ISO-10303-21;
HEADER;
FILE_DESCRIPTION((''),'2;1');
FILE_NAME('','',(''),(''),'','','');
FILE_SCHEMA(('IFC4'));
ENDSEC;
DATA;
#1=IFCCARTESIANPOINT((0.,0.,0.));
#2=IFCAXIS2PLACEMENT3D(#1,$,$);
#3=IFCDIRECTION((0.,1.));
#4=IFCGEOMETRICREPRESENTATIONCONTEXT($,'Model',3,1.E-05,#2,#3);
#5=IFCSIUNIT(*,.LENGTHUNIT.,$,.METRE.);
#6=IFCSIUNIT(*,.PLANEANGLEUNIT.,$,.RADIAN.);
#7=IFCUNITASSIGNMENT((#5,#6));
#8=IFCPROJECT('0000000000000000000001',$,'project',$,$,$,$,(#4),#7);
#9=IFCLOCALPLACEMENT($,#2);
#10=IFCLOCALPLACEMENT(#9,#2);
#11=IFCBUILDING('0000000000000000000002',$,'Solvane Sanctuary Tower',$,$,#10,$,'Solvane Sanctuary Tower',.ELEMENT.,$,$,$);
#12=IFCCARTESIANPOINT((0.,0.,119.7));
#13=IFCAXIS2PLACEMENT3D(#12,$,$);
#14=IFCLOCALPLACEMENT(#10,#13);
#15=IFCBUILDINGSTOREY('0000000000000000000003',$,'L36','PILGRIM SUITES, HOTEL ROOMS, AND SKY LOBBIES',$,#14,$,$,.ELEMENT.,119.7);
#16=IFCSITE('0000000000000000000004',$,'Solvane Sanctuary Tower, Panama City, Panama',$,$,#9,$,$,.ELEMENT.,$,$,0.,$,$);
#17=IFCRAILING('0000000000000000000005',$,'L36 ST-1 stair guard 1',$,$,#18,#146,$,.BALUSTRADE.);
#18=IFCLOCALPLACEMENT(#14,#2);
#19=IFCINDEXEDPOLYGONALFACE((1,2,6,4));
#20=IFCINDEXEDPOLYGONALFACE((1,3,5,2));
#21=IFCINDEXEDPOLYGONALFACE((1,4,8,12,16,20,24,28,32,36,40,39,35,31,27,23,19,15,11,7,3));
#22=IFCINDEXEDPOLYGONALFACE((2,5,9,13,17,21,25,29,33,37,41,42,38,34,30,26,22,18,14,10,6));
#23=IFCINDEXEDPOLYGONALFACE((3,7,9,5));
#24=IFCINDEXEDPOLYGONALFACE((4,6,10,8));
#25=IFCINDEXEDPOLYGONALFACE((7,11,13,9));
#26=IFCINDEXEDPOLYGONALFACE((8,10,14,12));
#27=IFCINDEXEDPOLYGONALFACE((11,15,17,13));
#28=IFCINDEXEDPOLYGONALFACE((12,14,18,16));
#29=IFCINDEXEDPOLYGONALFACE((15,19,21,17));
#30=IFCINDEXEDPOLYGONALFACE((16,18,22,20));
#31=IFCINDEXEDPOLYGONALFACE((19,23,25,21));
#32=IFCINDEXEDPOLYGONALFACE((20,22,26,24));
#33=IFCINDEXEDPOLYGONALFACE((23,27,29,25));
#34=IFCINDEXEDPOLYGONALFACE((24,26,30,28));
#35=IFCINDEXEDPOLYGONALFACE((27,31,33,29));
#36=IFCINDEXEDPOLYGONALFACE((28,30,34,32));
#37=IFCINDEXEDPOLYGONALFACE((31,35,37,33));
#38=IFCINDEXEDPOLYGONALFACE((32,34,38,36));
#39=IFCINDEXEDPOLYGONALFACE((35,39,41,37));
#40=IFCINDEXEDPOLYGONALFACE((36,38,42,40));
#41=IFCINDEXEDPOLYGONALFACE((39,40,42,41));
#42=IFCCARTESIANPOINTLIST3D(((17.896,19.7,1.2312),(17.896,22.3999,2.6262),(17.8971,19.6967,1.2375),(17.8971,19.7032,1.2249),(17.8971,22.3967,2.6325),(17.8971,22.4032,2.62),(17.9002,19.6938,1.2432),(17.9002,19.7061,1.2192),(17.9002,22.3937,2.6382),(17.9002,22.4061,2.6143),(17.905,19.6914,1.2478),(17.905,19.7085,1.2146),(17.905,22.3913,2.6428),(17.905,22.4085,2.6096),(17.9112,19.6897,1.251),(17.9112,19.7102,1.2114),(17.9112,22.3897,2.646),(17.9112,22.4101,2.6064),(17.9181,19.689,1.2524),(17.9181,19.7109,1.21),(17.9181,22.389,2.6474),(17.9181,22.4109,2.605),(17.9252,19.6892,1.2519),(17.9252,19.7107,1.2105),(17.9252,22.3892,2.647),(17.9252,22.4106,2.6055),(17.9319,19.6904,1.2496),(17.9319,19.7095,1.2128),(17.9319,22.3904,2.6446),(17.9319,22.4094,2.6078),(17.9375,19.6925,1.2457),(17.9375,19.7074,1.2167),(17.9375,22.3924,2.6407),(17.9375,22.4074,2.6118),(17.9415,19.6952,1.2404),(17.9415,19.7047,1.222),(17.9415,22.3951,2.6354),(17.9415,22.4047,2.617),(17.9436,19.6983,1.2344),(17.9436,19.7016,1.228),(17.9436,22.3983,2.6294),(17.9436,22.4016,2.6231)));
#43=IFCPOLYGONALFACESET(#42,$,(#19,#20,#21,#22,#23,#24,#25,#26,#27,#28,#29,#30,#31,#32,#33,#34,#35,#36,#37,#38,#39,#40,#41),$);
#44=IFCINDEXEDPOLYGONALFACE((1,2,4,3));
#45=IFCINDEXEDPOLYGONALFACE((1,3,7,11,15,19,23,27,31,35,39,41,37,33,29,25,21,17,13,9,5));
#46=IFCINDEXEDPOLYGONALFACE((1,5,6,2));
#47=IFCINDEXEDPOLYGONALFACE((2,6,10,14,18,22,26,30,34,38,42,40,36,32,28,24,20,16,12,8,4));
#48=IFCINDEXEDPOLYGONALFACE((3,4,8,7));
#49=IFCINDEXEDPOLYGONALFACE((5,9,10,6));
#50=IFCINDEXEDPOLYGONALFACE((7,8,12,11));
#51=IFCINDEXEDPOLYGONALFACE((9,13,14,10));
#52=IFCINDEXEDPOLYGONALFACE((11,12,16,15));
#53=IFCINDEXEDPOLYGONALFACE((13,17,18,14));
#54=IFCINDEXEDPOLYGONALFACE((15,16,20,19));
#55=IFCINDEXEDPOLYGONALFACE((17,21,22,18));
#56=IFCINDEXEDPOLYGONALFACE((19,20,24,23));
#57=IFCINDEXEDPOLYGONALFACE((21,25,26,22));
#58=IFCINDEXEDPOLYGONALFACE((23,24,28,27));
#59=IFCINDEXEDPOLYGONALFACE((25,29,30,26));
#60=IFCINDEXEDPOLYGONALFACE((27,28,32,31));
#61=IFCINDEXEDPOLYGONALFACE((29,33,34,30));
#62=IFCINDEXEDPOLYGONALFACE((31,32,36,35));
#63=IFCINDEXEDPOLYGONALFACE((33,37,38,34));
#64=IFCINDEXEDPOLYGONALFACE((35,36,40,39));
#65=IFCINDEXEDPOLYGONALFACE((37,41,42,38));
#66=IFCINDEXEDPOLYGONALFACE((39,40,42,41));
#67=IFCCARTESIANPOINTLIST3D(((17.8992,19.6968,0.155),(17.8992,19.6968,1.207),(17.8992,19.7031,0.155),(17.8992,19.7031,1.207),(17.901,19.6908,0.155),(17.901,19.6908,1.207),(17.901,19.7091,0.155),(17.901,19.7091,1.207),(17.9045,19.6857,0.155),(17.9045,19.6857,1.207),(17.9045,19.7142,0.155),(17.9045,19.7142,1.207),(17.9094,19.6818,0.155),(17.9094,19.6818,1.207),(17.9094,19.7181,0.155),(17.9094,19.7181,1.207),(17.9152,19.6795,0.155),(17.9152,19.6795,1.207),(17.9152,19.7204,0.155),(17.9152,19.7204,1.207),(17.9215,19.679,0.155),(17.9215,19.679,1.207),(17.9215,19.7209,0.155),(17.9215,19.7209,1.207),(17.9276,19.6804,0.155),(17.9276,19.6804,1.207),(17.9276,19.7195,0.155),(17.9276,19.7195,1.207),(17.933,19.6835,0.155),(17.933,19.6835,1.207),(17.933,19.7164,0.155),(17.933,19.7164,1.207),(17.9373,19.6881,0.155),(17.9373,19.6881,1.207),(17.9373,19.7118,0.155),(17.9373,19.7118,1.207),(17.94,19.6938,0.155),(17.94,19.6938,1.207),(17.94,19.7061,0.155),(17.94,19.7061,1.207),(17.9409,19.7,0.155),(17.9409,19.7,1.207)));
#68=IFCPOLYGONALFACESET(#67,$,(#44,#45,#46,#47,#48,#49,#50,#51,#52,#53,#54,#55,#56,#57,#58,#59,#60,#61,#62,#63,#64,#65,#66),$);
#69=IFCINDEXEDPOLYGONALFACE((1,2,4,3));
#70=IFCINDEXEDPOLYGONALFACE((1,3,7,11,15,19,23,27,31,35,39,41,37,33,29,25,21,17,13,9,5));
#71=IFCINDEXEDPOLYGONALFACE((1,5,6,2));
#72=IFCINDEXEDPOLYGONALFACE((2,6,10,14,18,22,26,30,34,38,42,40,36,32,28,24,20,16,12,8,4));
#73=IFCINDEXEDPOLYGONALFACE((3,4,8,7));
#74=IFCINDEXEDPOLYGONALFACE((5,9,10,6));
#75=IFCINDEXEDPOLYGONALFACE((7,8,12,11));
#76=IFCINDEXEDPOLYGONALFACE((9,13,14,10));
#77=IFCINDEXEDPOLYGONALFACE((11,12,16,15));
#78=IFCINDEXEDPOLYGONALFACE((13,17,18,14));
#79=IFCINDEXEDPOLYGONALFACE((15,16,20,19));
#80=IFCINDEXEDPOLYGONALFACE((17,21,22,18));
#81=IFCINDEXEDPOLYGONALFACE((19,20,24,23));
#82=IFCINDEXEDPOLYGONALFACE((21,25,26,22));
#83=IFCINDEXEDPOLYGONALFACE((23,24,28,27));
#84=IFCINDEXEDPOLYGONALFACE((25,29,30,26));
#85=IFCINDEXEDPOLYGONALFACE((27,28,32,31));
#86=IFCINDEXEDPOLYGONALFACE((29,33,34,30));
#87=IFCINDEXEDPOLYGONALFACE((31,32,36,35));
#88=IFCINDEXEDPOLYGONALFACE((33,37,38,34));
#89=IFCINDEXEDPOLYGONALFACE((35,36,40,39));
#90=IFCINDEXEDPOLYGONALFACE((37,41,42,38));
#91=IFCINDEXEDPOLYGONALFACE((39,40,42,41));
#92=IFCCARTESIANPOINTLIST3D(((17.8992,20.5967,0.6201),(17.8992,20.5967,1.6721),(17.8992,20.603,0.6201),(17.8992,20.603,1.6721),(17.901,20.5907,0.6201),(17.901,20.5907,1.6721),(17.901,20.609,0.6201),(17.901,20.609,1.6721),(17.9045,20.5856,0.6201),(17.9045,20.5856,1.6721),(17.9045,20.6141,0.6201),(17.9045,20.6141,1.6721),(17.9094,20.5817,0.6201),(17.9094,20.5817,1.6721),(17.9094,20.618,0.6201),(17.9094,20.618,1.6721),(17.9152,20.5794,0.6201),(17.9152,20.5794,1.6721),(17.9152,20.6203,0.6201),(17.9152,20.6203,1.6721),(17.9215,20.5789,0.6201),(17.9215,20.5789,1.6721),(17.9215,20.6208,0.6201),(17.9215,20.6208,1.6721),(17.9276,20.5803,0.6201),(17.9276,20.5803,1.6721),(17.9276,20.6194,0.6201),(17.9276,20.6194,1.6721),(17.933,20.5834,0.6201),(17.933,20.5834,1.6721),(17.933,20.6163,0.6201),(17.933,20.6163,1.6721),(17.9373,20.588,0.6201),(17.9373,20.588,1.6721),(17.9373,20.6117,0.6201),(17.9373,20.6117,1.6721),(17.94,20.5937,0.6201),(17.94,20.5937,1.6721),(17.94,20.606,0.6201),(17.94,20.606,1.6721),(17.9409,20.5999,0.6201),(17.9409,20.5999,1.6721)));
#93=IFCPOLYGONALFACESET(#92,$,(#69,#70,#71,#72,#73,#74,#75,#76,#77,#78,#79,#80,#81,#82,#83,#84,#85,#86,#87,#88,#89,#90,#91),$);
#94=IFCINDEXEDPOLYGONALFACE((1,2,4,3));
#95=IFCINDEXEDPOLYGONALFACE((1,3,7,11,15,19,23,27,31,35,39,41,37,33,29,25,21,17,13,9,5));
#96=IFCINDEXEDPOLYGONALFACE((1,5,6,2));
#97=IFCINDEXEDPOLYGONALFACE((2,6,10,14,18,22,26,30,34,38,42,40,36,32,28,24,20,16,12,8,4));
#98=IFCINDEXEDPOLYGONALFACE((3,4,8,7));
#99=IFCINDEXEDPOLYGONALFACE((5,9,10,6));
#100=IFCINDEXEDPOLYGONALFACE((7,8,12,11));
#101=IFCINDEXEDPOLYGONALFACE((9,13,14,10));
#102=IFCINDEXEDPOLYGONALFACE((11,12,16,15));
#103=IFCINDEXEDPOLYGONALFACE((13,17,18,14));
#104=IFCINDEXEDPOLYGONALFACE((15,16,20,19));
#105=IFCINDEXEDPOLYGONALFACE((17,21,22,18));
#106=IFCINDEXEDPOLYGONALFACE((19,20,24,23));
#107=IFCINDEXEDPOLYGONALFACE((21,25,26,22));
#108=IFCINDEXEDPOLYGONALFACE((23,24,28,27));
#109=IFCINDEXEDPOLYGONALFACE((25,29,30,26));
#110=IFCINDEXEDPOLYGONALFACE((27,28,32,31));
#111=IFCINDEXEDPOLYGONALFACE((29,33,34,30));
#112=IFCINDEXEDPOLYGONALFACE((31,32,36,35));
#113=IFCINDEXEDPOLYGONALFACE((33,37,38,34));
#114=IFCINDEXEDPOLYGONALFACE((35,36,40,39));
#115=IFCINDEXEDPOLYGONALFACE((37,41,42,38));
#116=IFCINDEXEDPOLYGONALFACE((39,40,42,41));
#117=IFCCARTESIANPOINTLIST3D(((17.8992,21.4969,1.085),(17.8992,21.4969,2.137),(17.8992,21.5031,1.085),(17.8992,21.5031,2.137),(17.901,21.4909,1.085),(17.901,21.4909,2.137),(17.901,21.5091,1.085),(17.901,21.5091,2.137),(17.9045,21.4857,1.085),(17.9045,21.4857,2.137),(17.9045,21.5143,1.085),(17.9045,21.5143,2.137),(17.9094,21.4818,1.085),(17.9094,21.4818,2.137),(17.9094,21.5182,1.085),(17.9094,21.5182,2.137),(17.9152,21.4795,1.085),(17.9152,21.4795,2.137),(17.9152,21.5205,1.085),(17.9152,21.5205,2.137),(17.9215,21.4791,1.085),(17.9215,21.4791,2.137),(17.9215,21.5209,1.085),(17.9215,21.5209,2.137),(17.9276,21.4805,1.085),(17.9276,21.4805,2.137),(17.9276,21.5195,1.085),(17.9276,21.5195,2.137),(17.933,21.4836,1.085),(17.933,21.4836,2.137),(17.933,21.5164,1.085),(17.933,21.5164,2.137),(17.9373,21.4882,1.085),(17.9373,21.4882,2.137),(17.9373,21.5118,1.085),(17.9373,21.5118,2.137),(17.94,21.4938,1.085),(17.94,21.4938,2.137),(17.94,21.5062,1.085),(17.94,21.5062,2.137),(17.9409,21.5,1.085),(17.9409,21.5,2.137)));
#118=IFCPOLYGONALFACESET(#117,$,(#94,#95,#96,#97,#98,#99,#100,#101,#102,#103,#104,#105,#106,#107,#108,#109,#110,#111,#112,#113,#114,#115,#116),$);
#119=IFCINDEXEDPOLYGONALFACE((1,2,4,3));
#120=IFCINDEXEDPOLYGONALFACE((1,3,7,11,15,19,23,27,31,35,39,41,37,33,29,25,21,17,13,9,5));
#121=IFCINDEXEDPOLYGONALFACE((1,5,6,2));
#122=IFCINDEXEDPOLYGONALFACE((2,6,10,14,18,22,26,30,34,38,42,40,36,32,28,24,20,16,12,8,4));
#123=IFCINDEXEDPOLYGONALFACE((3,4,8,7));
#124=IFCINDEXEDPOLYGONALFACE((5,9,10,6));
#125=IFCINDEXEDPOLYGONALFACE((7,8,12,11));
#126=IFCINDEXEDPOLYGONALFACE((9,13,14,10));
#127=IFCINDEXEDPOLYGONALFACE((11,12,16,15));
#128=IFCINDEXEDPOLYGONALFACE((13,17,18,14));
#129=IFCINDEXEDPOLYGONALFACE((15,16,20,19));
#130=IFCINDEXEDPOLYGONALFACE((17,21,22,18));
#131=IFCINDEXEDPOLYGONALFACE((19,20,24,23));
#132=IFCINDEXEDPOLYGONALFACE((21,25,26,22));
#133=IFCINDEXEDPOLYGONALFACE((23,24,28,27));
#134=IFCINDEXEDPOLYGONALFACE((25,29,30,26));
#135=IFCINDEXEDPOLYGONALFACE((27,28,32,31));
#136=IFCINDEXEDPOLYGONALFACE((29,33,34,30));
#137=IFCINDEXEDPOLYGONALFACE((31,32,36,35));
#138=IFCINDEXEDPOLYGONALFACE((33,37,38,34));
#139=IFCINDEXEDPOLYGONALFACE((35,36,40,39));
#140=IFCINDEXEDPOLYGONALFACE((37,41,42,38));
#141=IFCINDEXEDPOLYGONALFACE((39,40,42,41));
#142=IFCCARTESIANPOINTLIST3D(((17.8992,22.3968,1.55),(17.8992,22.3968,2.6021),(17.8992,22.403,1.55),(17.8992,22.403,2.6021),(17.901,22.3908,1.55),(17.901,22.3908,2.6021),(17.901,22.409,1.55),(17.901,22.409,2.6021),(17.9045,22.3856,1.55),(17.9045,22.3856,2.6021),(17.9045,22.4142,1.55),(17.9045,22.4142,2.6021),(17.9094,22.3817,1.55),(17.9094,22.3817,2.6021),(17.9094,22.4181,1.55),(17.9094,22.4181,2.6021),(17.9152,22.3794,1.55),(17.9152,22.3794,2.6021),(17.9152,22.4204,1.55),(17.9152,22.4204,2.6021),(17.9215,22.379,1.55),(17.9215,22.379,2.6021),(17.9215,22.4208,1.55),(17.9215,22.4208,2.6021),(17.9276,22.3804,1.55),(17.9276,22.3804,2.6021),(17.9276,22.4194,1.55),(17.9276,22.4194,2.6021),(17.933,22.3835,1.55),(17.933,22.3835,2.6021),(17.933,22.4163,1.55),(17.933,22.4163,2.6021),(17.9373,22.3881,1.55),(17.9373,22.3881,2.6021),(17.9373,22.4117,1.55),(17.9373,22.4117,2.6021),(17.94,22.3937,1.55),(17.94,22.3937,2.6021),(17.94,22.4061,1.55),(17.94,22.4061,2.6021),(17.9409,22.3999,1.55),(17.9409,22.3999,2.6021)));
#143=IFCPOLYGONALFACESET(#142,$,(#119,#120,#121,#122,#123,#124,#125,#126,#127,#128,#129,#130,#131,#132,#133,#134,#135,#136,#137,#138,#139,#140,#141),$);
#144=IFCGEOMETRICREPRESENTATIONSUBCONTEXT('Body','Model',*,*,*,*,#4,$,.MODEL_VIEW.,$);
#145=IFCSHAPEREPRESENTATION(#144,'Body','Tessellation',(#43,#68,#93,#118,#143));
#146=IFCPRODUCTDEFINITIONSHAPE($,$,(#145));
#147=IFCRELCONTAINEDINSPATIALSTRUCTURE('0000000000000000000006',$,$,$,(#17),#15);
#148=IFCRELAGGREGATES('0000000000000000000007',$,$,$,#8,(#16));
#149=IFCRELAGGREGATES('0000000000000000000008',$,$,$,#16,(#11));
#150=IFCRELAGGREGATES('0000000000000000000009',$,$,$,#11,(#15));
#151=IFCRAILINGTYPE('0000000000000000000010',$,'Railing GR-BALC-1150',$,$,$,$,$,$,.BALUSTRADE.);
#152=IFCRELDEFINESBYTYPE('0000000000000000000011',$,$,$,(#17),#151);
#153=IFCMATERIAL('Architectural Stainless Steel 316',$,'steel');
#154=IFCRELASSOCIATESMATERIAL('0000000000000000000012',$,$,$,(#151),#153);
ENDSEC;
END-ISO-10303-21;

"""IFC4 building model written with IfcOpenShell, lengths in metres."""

from ifc_helpers import new_model, si_unit, direction, frame, origin, origin_2d, place, context, subcontext, project, spatial, circle, extrude, material, type_object, element, save


model = new_model("IFC4")

# Units and contexts
model_context = context("Model", 3, precision=1e-05, world=origin(), true_north=direction((0.0, 1.0)))
body_context = subcontext(model_context, "Body", "Model", "MODEL_VIEW")
ifc_project = project(units=[si_unit("LENGTHUNIT", "METRE"), si_unit("PLANEANGLEUNIT", "RADIAN")], contexts=[model_context])

# Site, building, storey
site_placement = place(None, origin())
site = spatial("IfcSite", under=ifc_project, at=site_placement, Name="Solvane Sanctuary Tower, Panama City, Panama", CompositionType="ELEMENT", RefElevation=0.0)
building_placement = place(site_placement, origin())
building = spatial("IfcBuilding", under=site, at=building_placement, Name="Solvane Sanctuary Tower", LongName="Solvane Sanctuary Tower", CompositionType="ELEMENT")
storey_placement = place(building_placement, frame((0.0, 0.0, 119.7)))
storey = spatial("IfcBuildingStorey", under=building, at=storey_placement, Name="L36", Description="PILGRIM SUITES, HOTEL ROOMS, AND SKY LOBBIES", CompositionType="ELEMENT", Elevation=119.7)

# Shared definitions
ifc_material_1 = material(Name="Architectural Stainless Steel 316", Category="steel")

# Railing
railing_type_1 = type_object("IfcRailingType", Name="Railing GR-BALC-1150", PredefinedType="BALUSTRADE", material=ifc_material_1)
railing_1_placement = place(storey_placement, frame((17.9199, 19.7, 0.155)))
element("IfcRailing", 1, at=railing_1_placement, inside=storey, type_object=railing_type_1, Name="L36 ST-1 stair guard 1", PredefinedType="BALUSTRADE", context=body_context, shape_type="SweptSolid", body=[
    extrude(circle(Radius=0.0239, at=origin_2d()), frame((0.0, 0.0, 1.0762), z_axis=(0.0, 0.88842, 0.459032), x_axis=(-1.0, 0.0, 0.0)), (0.0, 0.0, 1.0), 3.0391),
    extrude(circle(Radius=0.021, at=origin_2d()), origin(), (0.0, 0.0, 1.0), 1.052),
    extrude(circle(Radius=0.021, at=origin_2d()), frame((0.0, 0.8999, 0.4651)), (0.0, 0.0, 1.0), 1.052),
    extrude(circle(Radius=0.021, at=origin_2d()), frame((0.0, 1.8, 0.9299)), (0.0, 0.0, 1.0), 1.052),
    extrude(circle(Radius=0.021, at=origin_2d()), frame((0.0, 2.7, 1.395)), (0.0, 0.0, 1.0), 1.052),
])

save(model, "model.ifc")
